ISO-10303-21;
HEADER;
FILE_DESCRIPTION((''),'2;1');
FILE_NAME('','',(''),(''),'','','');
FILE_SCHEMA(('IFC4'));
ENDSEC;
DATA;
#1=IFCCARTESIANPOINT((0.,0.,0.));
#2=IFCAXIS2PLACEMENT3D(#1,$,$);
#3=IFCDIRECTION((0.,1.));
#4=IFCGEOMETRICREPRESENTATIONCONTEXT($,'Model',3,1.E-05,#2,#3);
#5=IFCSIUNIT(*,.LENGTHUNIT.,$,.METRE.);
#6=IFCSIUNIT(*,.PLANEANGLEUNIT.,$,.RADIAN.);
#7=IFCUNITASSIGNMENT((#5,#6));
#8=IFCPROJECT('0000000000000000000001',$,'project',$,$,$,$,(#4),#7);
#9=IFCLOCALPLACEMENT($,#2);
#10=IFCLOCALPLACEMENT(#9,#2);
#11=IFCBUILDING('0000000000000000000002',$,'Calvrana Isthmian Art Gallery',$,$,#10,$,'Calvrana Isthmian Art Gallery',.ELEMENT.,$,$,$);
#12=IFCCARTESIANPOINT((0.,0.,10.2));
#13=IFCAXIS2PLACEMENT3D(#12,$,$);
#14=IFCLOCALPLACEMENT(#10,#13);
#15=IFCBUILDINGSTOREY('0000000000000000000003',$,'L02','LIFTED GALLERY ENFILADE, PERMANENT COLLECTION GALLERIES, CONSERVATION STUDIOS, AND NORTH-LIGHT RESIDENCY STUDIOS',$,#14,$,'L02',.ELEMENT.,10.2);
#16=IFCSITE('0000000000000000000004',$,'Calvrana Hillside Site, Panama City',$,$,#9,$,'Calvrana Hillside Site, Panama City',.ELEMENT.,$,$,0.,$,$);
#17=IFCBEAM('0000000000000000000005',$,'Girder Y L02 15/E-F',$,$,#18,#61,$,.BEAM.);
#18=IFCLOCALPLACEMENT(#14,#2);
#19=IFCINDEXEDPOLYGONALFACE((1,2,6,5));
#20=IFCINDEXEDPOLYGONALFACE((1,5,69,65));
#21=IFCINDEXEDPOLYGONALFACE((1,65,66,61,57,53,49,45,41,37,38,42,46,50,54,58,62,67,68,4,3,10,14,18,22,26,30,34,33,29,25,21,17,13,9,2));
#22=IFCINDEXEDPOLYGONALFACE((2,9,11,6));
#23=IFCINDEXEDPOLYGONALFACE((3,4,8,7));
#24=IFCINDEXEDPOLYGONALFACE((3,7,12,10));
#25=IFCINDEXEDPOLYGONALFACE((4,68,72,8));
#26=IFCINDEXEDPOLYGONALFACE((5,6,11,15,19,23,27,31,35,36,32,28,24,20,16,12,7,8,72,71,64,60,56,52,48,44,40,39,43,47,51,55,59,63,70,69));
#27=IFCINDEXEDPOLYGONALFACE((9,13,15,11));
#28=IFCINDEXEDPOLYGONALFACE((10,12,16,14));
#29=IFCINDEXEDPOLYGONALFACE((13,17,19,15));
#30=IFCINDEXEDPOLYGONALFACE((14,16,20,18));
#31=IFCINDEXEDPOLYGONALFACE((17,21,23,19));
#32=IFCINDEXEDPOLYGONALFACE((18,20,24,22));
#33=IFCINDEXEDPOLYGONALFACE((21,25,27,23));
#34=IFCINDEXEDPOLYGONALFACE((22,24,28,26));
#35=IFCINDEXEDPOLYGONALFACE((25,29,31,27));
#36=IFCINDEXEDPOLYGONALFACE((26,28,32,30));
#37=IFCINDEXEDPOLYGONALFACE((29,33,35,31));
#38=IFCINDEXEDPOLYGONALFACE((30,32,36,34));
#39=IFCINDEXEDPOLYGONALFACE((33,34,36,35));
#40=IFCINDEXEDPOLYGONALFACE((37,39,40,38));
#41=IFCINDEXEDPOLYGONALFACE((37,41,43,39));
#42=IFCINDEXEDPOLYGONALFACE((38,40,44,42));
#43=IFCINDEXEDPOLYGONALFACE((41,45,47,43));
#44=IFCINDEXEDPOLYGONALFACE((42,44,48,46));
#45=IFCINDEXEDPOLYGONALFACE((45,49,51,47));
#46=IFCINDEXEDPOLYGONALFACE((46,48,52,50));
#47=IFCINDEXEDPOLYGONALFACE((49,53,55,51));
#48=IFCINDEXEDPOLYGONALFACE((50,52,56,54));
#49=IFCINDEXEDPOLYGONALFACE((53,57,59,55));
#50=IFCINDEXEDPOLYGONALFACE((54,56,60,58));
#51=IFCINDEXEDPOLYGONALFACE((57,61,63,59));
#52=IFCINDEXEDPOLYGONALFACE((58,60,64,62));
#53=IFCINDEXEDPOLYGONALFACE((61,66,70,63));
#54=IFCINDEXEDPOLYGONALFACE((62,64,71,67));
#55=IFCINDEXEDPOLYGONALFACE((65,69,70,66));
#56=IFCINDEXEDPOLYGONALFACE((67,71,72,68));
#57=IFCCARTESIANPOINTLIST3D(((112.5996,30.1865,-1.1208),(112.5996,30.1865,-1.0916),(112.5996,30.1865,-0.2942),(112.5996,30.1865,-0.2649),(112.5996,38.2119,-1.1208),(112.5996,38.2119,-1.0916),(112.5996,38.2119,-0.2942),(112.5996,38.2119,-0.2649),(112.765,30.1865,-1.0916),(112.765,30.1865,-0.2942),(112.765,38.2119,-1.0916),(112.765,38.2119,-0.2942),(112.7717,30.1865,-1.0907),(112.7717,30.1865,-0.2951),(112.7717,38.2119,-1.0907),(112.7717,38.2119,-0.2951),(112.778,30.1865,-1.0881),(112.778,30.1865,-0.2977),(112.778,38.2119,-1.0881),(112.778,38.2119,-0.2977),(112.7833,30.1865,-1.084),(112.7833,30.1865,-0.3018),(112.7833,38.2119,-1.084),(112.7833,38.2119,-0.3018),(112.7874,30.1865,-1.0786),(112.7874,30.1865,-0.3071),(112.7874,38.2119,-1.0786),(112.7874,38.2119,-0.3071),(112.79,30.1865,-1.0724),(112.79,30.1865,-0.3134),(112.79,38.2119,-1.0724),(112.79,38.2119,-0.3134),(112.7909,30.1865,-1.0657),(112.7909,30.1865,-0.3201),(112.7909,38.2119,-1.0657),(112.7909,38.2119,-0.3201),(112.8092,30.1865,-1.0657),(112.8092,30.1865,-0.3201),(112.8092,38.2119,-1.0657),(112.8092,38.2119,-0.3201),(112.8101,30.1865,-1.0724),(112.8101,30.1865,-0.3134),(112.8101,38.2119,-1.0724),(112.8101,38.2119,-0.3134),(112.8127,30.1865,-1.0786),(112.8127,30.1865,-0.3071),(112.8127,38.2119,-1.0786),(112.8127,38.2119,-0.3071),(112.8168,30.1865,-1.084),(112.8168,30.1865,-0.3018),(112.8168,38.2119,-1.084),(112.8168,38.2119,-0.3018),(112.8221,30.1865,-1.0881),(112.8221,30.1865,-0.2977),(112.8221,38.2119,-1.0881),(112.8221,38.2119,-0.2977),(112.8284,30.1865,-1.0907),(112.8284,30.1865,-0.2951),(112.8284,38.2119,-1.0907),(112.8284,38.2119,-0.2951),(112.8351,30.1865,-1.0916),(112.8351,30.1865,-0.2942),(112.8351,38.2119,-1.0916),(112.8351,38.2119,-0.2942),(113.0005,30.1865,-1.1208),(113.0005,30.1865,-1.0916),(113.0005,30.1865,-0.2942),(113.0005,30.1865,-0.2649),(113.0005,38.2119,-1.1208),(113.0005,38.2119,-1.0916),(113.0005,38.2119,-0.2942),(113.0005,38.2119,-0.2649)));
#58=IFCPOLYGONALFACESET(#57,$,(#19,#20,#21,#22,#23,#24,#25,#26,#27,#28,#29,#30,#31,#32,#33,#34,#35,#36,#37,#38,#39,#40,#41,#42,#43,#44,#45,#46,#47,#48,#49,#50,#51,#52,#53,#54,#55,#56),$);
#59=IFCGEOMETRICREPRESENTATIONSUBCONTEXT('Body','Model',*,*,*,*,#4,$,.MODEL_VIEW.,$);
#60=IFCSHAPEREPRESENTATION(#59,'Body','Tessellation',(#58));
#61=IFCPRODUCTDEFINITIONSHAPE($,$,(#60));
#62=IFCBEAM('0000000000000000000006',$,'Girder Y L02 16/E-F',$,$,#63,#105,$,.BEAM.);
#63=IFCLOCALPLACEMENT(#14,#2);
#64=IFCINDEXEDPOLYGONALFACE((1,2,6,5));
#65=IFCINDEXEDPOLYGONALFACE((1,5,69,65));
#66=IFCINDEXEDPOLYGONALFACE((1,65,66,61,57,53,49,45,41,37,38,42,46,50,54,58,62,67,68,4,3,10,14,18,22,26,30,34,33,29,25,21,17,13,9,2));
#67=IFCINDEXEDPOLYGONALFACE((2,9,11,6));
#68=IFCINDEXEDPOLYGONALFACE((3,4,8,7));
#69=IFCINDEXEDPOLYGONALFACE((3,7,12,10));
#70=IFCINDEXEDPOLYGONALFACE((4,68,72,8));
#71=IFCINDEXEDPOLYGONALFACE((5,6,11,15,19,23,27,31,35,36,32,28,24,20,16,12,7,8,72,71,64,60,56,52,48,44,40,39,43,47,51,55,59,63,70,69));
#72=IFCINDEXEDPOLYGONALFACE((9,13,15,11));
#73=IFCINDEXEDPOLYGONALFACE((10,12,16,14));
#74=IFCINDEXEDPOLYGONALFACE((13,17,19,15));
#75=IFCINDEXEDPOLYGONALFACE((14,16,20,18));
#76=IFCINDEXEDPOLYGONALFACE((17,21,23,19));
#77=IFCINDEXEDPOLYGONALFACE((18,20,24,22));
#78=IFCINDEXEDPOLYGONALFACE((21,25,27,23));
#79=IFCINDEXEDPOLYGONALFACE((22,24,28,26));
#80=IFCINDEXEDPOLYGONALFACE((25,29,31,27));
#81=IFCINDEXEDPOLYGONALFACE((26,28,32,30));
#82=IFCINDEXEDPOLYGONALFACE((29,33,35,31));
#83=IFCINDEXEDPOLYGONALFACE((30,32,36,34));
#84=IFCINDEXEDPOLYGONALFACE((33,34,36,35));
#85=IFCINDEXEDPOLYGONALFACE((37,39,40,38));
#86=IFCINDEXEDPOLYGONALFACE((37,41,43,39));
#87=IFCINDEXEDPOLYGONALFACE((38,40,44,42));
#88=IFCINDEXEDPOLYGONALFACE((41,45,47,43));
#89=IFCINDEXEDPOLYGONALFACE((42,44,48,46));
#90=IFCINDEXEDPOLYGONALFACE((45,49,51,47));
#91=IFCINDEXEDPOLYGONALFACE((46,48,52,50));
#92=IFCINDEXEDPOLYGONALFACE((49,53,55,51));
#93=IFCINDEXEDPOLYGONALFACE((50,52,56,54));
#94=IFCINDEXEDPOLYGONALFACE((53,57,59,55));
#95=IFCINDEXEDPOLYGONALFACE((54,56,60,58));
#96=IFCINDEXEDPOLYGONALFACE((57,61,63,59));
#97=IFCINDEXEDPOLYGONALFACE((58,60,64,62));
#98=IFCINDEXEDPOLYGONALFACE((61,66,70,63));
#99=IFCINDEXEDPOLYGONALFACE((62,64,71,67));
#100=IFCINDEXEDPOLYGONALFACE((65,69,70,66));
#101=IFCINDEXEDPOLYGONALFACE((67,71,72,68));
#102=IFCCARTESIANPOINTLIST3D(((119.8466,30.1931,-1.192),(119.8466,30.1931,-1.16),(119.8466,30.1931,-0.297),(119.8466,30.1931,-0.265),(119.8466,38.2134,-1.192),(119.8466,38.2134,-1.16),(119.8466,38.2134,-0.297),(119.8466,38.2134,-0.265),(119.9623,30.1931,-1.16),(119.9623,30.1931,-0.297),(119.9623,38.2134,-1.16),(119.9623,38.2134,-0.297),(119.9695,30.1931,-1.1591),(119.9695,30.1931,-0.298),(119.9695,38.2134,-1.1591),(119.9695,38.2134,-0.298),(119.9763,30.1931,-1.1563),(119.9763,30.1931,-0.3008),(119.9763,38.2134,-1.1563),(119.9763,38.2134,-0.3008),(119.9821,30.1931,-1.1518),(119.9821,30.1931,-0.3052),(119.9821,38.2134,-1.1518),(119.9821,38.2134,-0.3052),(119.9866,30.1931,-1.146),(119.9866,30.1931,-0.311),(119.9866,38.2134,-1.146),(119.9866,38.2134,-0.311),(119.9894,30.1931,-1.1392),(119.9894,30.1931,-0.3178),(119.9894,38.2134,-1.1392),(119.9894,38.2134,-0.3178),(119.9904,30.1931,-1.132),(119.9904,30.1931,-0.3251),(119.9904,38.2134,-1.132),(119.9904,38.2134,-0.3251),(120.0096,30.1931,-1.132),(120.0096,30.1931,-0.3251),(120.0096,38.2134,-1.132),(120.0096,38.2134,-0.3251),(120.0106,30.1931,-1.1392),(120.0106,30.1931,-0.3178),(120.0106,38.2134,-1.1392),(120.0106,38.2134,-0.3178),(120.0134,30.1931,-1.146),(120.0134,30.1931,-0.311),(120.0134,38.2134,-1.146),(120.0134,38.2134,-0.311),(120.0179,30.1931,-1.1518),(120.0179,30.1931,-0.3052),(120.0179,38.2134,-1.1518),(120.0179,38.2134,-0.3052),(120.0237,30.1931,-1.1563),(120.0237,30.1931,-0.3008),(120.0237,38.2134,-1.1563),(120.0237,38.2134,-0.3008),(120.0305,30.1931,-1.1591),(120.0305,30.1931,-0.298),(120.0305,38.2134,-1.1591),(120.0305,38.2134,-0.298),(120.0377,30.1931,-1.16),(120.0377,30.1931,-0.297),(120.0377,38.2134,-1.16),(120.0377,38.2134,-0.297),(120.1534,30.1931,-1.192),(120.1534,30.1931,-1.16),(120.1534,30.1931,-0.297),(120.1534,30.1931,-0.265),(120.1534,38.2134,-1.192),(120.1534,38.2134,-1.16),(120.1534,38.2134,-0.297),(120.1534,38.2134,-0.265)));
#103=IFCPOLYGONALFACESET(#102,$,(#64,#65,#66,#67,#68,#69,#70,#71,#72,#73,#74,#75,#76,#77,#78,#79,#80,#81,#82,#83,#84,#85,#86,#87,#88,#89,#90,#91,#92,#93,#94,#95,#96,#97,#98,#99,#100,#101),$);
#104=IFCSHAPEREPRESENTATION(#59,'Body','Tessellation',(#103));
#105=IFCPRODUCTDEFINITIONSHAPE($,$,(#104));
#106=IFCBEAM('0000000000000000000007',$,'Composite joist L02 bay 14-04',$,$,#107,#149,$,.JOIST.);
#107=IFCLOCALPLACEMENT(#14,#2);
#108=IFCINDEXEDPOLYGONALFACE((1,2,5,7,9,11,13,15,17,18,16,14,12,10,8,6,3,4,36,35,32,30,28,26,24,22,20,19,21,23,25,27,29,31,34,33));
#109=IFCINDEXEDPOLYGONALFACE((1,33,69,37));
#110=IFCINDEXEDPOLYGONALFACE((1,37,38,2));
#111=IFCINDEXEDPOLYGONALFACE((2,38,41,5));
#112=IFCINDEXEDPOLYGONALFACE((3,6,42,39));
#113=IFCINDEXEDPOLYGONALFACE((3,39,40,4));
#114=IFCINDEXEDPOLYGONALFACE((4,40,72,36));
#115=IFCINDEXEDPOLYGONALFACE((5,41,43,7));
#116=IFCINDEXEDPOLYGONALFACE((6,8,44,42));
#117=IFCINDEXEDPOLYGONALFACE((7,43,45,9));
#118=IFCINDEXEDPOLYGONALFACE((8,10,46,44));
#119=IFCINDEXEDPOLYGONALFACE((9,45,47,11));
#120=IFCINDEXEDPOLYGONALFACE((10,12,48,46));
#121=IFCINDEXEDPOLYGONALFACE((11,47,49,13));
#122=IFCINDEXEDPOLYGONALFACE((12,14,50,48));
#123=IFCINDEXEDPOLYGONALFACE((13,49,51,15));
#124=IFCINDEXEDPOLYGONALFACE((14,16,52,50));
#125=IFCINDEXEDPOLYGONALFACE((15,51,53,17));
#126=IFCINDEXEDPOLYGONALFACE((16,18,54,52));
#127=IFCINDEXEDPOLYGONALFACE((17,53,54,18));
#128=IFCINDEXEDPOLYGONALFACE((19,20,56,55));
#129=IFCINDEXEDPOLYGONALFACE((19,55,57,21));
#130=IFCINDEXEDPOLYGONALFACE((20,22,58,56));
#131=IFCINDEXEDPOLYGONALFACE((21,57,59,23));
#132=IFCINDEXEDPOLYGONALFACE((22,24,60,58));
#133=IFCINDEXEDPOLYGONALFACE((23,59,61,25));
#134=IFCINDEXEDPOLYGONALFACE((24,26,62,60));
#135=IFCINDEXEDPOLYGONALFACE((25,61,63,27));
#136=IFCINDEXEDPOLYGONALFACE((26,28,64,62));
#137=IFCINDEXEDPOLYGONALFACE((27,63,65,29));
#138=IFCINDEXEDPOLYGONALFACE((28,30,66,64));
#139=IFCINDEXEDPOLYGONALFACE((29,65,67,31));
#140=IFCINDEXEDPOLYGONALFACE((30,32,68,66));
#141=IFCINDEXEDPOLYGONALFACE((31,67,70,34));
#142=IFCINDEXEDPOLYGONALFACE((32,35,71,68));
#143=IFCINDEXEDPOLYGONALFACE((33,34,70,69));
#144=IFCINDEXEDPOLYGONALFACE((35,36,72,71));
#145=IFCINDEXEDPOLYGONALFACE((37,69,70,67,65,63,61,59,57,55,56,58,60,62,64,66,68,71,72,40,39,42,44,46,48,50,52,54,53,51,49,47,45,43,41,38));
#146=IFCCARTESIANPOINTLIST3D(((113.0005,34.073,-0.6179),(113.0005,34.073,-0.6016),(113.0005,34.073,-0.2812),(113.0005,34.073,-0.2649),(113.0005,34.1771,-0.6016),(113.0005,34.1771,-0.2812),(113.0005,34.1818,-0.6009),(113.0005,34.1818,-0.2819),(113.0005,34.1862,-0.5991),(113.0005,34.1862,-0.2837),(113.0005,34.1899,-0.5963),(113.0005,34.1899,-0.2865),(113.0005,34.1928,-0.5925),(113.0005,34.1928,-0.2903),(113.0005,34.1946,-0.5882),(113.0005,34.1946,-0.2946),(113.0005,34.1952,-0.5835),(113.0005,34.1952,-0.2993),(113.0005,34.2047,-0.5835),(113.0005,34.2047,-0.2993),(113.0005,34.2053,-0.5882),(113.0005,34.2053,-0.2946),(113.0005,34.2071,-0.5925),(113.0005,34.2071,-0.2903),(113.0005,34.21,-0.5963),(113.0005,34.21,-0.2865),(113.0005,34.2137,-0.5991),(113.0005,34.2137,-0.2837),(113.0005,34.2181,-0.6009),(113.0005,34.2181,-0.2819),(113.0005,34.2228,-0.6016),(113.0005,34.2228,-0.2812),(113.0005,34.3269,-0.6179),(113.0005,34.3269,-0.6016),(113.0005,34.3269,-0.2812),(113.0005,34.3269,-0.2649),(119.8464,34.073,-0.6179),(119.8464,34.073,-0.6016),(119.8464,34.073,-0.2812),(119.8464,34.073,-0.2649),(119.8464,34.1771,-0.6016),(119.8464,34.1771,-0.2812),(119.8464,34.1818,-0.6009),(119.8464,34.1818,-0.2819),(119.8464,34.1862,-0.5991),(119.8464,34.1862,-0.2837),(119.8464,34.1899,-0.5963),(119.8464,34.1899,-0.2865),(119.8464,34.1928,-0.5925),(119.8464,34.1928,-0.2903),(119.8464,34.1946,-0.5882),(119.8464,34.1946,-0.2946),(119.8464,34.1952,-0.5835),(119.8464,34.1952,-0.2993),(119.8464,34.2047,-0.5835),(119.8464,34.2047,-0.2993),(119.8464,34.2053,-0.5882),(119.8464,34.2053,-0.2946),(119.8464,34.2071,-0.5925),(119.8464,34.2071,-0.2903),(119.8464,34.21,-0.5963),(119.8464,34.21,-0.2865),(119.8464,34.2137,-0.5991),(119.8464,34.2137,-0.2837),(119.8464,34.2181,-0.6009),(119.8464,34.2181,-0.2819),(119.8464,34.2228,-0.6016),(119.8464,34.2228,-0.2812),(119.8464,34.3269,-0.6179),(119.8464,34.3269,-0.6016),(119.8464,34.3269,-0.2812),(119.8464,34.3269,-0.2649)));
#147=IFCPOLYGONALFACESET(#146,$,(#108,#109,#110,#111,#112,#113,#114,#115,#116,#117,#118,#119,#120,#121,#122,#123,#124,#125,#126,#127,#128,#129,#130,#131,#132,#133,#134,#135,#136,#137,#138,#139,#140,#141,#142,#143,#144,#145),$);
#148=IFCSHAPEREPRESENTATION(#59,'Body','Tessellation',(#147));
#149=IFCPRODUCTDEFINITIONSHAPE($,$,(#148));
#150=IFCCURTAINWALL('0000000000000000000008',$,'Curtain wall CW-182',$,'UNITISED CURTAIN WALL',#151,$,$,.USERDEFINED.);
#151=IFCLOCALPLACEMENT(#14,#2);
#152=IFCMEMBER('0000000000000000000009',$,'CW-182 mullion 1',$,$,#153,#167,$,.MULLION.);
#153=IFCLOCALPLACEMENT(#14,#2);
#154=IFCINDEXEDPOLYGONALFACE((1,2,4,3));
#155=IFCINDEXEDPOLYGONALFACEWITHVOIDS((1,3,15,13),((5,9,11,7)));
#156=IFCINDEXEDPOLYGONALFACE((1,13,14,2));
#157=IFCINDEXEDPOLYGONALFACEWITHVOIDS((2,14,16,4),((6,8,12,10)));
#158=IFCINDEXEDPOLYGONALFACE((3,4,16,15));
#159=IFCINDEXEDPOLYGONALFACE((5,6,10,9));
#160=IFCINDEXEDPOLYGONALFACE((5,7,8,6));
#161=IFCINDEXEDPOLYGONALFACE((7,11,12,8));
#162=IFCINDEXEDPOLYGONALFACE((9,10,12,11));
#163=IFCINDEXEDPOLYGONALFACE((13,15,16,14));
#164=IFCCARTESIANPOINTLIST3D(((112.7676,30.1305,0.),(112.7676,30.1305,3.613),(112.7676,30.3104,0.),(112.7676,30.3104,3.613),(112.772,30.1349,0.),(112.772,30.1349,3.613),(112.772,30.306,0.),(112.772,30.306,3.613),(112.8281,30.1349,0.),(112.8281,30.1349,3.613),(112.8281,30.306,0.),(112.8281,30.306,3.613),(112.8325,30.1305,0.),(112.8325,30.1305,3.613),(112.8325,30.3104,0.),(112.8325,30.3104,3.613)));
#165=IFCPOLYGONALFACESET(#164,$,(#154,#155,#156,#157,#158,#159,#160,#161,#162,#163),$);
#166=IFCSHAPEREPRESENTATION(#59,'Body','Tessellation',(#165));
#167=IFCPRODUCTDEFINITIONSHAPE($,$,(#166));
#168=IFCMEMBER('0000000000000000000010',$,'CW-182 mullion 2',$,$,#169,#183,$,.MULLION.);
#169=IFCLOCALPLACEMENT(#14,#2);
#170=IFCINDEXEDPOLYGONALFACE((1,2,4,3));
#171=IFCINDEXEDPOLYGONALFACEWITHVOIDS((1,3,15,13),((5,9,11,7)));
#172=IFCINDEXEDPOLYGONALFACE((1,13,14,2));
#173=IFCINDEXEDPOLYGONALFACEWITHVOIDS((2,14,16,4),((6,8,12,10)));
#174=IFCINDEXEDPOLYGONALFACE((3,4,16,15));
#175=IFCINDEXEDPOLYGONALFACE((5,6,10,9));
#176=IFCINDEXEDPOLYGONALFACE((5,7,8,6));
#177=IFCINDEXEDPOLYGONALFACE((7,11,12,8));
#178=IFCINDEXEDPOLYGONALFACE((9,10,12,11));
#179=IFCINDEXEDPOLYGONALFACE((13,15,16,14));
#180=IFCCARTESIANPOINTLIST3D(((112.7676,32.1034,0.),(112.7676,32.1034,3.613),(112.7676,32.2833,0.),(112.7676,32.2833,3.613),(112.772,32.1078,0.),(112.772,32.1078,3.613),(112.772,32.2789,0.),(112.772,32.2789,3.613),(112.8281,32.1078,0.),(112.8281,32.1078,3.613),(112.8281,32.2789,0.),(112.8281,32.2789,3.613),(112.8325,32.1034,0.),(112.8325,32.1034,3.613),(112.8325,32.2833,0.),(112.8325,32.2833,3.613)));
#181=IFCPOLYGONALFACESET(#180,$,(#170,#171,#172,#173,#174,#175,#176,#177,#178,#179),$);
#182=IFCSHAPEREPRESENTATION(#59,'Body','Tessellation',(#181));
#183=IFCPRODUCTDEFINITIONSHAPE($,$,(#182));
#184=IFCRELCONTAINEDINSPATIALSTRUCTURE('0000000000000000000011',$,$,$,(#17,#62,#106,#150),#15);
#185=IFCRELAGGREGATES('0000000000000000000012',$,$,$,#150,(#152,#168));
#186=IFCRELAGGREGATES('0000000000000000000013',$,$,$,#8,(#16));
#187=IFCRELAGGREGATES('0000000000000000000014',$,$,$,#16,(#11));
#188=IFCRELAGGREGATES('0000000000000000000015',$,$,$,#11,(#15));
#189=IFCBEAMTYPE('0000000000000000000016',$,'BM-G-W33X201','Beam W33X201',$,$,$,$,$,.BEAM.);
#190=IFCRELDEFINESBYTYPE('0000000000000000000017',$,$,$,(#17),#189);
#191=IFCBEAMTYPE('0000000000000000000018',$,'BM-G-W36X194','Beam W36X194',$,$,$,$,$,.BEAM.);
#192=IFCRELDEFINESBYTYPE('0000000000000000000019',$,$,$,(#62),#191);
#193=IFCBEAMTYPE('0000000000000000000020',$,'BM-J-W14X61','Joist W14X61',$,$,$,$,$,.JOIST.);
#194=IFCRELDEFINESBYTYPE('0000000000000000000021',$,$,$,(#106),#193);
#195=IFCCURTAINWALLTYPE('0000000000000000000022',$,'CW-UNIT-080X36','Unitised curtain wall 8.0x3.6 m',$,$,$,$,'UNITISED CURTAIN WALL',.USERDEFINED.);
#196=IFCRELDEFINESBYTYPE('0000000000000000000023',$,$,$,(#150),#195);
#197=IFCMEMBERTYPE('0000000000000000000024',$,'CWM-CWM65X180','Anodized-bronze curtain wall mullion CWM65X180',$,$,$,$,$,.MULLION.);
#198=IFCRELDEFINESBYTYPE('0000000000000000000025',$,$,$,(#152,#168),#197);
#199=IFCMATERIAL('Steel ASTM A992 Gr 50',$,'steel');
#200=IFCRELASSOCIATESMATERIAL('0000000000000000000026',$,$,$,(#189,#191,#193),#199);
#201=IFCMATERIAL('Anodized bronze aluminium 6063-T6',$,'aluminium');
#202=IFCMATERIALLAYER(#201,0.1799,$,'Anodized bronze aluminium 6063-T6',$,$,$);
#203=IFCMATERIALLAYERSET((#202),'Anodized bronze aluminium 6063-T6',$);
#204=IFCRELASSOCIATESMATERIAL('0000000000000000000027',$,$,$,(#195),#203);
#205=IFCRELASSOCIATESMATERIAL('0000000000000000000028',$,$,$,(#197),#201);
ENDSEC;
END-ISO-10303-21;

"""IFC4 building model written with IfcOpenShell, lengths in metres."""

from ifc_helpers import new_model, si_unit, direction, frame, origin, origin_2d, place, context, subcontext, project, spatial, hollow_rectangle, i_section, extrude, material, layer, layer_set, material_profile, profile_set, type_object, element, aggregate, save


model = new_model("IFC4")

# Units and contexts
model_context = context("Model", 3, precision=1e-05, world=origin(), true_north=direction((0.0, 1.0)))
body_context = subcontext(model_context, "Body", "Model", "MODEL_VIEW")
ifc_project = project(units=[si_unit("LENGTHUNIT", "METRE"), si_unit("PLANEANGLEUNIT", "RADIAN")], contexts=[model_context])

# Site, building, storey
site_placement = place(None, origin())
site = spatial("IfcSite", under=ifc_project, at=site_placement, Name="Calvrana Hillside Site, Panama City", LongName="Calvrana Hillside Site, Panama City", CompositionType="ELEMENT", RefElevation=0.0)
building_placement = place(site_placement, origin())
building = spatial("IfcBuilding", under=site, at=building_placement, Name="Calvrana Isthmian Art Gallery", LongName="Calvrana Isthmian Art Gallery", CompositionType="ELEMENT")
storey_placement = place(building_placement, frame((0.0, 0.0, 10.2)))
storey = spatial("IfcBuildingStorey", under=building, at=storey_placement, Name="L02", Description="LIFTED GALLERY ENFILADE, PERMANENT COLLECTION GALLERIES, CONSERVATION STUDIOS, AND NORTH-LIGHT RESIDENCY STUDIOS", LongName="L02", CompositionType="ELEMENT", Elevation=10.2)

# Beams
ifc_material_1 = material(Name="Steel ASTM A992 Gr 50", Category="steel")
ifc_material_profile_1 = material_profile(ifc_material_1, i_section(OverallWidth=0.4009, OverallDepth=0.856, WebThickness=0.0183, FlangeThickness=0.0293, FilletRadius=0.0259, at=origin_2d()), Name="W33X201")
ifc_profile_set_1 = profile_set([ifc_material_profile_1], Name="Steel ASTM A992 Gr 50")
beam_type_1 = type_object("IfcBeamType", Name="BM-G-W33X201", Description="Beam W33X201", PredefinedType="BEAM", material=ifc_profile_set_1)
beam_1_placement = place(storey_placement, frame((112.8, 30.1865, -0.6929), z_axis=(0.0, 1.0, 0.0), x_axis=(-1.0, 0.0, 0.0)))
element("IfcBeam", 1, at=beam_1_placement, inside=storey, type_object=beam_type_1, Name="Girder Y L02 15/E-F", PredefinedType="BEAM", context=body_context, shape_type="SweptSolid", body=[
    extrude(i_section(OverallWidth=0.4009, OverallDepth=0.856, WebThickness=0.0183, FlangeThickness=0.0293, FilletRadius=0.0259, at=origin_2d()), origin(), (0.0, 0.0, 1.0), 8.0254),
])
ifc_material_profile_2 = material_profile(ifc_material_1, i_section(OverallWidth=0.3069, OverallDepth=0.927, WebThickness=0.0193, FlangeThickness=0.032, FilletRadius=0.0281, at=origin_2d()), Name="W36X194")
ifc_profile_set_2 = profile_set([ifc_material_profile_2], Name="Steel ASTM A992 Gr 50")
beam_type_2 = type_object("IfcBeamType", Name="BM-G-W36X194", Description="Beam W36X194", PredefinedType="BEAM", material=ifc_profile_set_2)
beam_2_placement = place(storey_placement, frame((120.0, 30.1931, -0.7285), z_axis=(0.0, 1.0, 0.0), x_axis=(-1.0, 0.0, 0.0)))
element("IfcBeam", 2, at=beam_2_placement, inside=storey, type_object=beam_type_2, Name="Girder Y L02 16/E-F", PredefinedType="BEAM", context=body_context, shape_type="SweptSolid", body=[
    extrude(i_section(OverallWidth=0.3069, OverallDepth=0.927, WebThickness=0.0193, FlangeThickness=0.032, FilletRadius=0.0281, at=origin_2d()), origin(), (0.0, 0.0, 1.0), 8.0203),
])
ifc_material_profile_3 = material_profile(ifc_material_1, i_section(OverallWidth=0.2539, OverallDepth=0.353, WebThickness=0.0095, FlangeThickness=0.0164, FilletRadius=0.0181, at=origin_2d()), Name="W14X61")
ifc_profile_set_3 = profile_set([ifc_material_profile_3], Name="Steel ASTM A992 Gr 50")
beam_type_3 = type_object("IfcBeamType", Name="BM-J-W14X61", Description="Joist W14X61", PredefinedType="JOIST", material=ifc_profile_set_3)
beam_3_placement = place(storey_placement, frame((113.0005, 34.2, -0.4414), z_axis=(1.0, 0.0, 0.0), x_axis=(0.0, 1.0, 0.0)))
element("IfcBeam", 3, at=beam_3_placement, inside=storey, type_object=beam_type_3, Name="Composite joist L02 bay 14-04", PredefinedType="JOIST", context=body_context, shape_type="SweptSolid", body=[
    extrude(i_section(OverallWidth=0.2539, OverallDepth=0.353, WebThickness=0.0095, FlangeThickness=0.0164, FilletRadius=0.0181, at=origin_2d()), origin(), (0.0, 0.0, 1.0), 6.8459),
])

# Curtain wall, members
ifc_material_2 = material(Name="Anodized bronze aluminium 6063-T6", Category="aluminium")
ifc_layer_1 = layer(ifc_material_2, 0.1799, Name="Anodized bronze aluminium 6063-T6")
ifc_layer_set_1 = layer_set([ifc_layer_1], Name="Anodized bronze aluminium 6063-T6")
curtain_wall_type = type_object("IfcCurtainWallType", Name="CW-UNIT-080X36", Description="Unitised curtain wall 8.0x3.6 m", ElementType="UNITISED CURTAIN WALL", PredefinedType="USERDEFINED", material=ifc_layer_set_1)
curtain_wall_placement = place(storey_placement, origin())
curtain_wall = element("IfcCurtainWall", 4, at=curtain_wall_placement, inside=storey, type_object=curtain_wall_type, Name="Curtain wall CW-182", ObjectType="UNITISED CURTAIN WALL", PredefinedType="USERDEFINED")
ifc_material_profile_4 = material_profile(ifc_material_2, hollow_rectangle(XDim=0.0649, YDim=0.1799, WallThickness=0.0044, at=origin_2d()), Name="CWM65X180")
ifc_profile_set_4 = profile_set([ifc_material_profile_4], Name="Anodized bronze aluminium 6063-T6")
member_type_1 = type_object("IfcMemberType", Name="CWM-CWM65X180", Description="Anodized-bronze curtain wall mullion CWM65X180", PredefinedType="MULLION", material=ifc_profile_set_4)
member_1_placement = place(storey_placement, frame((112.8, 30.2205, 0.0), z_axis=(0.0, 0.0, 1.0), x_axis=(-1.0, 0.0, 0.0)))
member_1 = element("IfcMember", 5, at=member_1_placement, type_object=member_type_1, Name="CW-182 mullion 1", PredefinedType="MULLION", context=body_context, shape_type="SweptSolid", body=[
    extrude(hollow_rectangle(XDim=0.0649, YDim=0.1799, WallThickness=0.0044, at=origin_2d()), origin(), (0.0, 0.0, 1.0), 3.613),
])
member_2_placement = place(storey_placement, frame((112.8, 32.1934, 0.0), z_axis=(0.0, 0.0, 1.0), x_axis=(-1.0, 0.0, 0.0)))
member_2 = element("IfcMember", 6, at=member_2_placement, type_object=member_type_1, Name="CW-182 mullion 2", PredefinedType="MULLION", context=body_context, shape_type="SweptSolid", body=[
    extrude(hollow_rectangle(XDim=0.0649, YDim=0.1799, WallThickness=0.0044, at=origin_2d()), origin(), (0.0, 0.0, 1.0), 3.613),
])
aggregate(curtain_wall, [member_1, member_2])

save(model, "model.ifc")
